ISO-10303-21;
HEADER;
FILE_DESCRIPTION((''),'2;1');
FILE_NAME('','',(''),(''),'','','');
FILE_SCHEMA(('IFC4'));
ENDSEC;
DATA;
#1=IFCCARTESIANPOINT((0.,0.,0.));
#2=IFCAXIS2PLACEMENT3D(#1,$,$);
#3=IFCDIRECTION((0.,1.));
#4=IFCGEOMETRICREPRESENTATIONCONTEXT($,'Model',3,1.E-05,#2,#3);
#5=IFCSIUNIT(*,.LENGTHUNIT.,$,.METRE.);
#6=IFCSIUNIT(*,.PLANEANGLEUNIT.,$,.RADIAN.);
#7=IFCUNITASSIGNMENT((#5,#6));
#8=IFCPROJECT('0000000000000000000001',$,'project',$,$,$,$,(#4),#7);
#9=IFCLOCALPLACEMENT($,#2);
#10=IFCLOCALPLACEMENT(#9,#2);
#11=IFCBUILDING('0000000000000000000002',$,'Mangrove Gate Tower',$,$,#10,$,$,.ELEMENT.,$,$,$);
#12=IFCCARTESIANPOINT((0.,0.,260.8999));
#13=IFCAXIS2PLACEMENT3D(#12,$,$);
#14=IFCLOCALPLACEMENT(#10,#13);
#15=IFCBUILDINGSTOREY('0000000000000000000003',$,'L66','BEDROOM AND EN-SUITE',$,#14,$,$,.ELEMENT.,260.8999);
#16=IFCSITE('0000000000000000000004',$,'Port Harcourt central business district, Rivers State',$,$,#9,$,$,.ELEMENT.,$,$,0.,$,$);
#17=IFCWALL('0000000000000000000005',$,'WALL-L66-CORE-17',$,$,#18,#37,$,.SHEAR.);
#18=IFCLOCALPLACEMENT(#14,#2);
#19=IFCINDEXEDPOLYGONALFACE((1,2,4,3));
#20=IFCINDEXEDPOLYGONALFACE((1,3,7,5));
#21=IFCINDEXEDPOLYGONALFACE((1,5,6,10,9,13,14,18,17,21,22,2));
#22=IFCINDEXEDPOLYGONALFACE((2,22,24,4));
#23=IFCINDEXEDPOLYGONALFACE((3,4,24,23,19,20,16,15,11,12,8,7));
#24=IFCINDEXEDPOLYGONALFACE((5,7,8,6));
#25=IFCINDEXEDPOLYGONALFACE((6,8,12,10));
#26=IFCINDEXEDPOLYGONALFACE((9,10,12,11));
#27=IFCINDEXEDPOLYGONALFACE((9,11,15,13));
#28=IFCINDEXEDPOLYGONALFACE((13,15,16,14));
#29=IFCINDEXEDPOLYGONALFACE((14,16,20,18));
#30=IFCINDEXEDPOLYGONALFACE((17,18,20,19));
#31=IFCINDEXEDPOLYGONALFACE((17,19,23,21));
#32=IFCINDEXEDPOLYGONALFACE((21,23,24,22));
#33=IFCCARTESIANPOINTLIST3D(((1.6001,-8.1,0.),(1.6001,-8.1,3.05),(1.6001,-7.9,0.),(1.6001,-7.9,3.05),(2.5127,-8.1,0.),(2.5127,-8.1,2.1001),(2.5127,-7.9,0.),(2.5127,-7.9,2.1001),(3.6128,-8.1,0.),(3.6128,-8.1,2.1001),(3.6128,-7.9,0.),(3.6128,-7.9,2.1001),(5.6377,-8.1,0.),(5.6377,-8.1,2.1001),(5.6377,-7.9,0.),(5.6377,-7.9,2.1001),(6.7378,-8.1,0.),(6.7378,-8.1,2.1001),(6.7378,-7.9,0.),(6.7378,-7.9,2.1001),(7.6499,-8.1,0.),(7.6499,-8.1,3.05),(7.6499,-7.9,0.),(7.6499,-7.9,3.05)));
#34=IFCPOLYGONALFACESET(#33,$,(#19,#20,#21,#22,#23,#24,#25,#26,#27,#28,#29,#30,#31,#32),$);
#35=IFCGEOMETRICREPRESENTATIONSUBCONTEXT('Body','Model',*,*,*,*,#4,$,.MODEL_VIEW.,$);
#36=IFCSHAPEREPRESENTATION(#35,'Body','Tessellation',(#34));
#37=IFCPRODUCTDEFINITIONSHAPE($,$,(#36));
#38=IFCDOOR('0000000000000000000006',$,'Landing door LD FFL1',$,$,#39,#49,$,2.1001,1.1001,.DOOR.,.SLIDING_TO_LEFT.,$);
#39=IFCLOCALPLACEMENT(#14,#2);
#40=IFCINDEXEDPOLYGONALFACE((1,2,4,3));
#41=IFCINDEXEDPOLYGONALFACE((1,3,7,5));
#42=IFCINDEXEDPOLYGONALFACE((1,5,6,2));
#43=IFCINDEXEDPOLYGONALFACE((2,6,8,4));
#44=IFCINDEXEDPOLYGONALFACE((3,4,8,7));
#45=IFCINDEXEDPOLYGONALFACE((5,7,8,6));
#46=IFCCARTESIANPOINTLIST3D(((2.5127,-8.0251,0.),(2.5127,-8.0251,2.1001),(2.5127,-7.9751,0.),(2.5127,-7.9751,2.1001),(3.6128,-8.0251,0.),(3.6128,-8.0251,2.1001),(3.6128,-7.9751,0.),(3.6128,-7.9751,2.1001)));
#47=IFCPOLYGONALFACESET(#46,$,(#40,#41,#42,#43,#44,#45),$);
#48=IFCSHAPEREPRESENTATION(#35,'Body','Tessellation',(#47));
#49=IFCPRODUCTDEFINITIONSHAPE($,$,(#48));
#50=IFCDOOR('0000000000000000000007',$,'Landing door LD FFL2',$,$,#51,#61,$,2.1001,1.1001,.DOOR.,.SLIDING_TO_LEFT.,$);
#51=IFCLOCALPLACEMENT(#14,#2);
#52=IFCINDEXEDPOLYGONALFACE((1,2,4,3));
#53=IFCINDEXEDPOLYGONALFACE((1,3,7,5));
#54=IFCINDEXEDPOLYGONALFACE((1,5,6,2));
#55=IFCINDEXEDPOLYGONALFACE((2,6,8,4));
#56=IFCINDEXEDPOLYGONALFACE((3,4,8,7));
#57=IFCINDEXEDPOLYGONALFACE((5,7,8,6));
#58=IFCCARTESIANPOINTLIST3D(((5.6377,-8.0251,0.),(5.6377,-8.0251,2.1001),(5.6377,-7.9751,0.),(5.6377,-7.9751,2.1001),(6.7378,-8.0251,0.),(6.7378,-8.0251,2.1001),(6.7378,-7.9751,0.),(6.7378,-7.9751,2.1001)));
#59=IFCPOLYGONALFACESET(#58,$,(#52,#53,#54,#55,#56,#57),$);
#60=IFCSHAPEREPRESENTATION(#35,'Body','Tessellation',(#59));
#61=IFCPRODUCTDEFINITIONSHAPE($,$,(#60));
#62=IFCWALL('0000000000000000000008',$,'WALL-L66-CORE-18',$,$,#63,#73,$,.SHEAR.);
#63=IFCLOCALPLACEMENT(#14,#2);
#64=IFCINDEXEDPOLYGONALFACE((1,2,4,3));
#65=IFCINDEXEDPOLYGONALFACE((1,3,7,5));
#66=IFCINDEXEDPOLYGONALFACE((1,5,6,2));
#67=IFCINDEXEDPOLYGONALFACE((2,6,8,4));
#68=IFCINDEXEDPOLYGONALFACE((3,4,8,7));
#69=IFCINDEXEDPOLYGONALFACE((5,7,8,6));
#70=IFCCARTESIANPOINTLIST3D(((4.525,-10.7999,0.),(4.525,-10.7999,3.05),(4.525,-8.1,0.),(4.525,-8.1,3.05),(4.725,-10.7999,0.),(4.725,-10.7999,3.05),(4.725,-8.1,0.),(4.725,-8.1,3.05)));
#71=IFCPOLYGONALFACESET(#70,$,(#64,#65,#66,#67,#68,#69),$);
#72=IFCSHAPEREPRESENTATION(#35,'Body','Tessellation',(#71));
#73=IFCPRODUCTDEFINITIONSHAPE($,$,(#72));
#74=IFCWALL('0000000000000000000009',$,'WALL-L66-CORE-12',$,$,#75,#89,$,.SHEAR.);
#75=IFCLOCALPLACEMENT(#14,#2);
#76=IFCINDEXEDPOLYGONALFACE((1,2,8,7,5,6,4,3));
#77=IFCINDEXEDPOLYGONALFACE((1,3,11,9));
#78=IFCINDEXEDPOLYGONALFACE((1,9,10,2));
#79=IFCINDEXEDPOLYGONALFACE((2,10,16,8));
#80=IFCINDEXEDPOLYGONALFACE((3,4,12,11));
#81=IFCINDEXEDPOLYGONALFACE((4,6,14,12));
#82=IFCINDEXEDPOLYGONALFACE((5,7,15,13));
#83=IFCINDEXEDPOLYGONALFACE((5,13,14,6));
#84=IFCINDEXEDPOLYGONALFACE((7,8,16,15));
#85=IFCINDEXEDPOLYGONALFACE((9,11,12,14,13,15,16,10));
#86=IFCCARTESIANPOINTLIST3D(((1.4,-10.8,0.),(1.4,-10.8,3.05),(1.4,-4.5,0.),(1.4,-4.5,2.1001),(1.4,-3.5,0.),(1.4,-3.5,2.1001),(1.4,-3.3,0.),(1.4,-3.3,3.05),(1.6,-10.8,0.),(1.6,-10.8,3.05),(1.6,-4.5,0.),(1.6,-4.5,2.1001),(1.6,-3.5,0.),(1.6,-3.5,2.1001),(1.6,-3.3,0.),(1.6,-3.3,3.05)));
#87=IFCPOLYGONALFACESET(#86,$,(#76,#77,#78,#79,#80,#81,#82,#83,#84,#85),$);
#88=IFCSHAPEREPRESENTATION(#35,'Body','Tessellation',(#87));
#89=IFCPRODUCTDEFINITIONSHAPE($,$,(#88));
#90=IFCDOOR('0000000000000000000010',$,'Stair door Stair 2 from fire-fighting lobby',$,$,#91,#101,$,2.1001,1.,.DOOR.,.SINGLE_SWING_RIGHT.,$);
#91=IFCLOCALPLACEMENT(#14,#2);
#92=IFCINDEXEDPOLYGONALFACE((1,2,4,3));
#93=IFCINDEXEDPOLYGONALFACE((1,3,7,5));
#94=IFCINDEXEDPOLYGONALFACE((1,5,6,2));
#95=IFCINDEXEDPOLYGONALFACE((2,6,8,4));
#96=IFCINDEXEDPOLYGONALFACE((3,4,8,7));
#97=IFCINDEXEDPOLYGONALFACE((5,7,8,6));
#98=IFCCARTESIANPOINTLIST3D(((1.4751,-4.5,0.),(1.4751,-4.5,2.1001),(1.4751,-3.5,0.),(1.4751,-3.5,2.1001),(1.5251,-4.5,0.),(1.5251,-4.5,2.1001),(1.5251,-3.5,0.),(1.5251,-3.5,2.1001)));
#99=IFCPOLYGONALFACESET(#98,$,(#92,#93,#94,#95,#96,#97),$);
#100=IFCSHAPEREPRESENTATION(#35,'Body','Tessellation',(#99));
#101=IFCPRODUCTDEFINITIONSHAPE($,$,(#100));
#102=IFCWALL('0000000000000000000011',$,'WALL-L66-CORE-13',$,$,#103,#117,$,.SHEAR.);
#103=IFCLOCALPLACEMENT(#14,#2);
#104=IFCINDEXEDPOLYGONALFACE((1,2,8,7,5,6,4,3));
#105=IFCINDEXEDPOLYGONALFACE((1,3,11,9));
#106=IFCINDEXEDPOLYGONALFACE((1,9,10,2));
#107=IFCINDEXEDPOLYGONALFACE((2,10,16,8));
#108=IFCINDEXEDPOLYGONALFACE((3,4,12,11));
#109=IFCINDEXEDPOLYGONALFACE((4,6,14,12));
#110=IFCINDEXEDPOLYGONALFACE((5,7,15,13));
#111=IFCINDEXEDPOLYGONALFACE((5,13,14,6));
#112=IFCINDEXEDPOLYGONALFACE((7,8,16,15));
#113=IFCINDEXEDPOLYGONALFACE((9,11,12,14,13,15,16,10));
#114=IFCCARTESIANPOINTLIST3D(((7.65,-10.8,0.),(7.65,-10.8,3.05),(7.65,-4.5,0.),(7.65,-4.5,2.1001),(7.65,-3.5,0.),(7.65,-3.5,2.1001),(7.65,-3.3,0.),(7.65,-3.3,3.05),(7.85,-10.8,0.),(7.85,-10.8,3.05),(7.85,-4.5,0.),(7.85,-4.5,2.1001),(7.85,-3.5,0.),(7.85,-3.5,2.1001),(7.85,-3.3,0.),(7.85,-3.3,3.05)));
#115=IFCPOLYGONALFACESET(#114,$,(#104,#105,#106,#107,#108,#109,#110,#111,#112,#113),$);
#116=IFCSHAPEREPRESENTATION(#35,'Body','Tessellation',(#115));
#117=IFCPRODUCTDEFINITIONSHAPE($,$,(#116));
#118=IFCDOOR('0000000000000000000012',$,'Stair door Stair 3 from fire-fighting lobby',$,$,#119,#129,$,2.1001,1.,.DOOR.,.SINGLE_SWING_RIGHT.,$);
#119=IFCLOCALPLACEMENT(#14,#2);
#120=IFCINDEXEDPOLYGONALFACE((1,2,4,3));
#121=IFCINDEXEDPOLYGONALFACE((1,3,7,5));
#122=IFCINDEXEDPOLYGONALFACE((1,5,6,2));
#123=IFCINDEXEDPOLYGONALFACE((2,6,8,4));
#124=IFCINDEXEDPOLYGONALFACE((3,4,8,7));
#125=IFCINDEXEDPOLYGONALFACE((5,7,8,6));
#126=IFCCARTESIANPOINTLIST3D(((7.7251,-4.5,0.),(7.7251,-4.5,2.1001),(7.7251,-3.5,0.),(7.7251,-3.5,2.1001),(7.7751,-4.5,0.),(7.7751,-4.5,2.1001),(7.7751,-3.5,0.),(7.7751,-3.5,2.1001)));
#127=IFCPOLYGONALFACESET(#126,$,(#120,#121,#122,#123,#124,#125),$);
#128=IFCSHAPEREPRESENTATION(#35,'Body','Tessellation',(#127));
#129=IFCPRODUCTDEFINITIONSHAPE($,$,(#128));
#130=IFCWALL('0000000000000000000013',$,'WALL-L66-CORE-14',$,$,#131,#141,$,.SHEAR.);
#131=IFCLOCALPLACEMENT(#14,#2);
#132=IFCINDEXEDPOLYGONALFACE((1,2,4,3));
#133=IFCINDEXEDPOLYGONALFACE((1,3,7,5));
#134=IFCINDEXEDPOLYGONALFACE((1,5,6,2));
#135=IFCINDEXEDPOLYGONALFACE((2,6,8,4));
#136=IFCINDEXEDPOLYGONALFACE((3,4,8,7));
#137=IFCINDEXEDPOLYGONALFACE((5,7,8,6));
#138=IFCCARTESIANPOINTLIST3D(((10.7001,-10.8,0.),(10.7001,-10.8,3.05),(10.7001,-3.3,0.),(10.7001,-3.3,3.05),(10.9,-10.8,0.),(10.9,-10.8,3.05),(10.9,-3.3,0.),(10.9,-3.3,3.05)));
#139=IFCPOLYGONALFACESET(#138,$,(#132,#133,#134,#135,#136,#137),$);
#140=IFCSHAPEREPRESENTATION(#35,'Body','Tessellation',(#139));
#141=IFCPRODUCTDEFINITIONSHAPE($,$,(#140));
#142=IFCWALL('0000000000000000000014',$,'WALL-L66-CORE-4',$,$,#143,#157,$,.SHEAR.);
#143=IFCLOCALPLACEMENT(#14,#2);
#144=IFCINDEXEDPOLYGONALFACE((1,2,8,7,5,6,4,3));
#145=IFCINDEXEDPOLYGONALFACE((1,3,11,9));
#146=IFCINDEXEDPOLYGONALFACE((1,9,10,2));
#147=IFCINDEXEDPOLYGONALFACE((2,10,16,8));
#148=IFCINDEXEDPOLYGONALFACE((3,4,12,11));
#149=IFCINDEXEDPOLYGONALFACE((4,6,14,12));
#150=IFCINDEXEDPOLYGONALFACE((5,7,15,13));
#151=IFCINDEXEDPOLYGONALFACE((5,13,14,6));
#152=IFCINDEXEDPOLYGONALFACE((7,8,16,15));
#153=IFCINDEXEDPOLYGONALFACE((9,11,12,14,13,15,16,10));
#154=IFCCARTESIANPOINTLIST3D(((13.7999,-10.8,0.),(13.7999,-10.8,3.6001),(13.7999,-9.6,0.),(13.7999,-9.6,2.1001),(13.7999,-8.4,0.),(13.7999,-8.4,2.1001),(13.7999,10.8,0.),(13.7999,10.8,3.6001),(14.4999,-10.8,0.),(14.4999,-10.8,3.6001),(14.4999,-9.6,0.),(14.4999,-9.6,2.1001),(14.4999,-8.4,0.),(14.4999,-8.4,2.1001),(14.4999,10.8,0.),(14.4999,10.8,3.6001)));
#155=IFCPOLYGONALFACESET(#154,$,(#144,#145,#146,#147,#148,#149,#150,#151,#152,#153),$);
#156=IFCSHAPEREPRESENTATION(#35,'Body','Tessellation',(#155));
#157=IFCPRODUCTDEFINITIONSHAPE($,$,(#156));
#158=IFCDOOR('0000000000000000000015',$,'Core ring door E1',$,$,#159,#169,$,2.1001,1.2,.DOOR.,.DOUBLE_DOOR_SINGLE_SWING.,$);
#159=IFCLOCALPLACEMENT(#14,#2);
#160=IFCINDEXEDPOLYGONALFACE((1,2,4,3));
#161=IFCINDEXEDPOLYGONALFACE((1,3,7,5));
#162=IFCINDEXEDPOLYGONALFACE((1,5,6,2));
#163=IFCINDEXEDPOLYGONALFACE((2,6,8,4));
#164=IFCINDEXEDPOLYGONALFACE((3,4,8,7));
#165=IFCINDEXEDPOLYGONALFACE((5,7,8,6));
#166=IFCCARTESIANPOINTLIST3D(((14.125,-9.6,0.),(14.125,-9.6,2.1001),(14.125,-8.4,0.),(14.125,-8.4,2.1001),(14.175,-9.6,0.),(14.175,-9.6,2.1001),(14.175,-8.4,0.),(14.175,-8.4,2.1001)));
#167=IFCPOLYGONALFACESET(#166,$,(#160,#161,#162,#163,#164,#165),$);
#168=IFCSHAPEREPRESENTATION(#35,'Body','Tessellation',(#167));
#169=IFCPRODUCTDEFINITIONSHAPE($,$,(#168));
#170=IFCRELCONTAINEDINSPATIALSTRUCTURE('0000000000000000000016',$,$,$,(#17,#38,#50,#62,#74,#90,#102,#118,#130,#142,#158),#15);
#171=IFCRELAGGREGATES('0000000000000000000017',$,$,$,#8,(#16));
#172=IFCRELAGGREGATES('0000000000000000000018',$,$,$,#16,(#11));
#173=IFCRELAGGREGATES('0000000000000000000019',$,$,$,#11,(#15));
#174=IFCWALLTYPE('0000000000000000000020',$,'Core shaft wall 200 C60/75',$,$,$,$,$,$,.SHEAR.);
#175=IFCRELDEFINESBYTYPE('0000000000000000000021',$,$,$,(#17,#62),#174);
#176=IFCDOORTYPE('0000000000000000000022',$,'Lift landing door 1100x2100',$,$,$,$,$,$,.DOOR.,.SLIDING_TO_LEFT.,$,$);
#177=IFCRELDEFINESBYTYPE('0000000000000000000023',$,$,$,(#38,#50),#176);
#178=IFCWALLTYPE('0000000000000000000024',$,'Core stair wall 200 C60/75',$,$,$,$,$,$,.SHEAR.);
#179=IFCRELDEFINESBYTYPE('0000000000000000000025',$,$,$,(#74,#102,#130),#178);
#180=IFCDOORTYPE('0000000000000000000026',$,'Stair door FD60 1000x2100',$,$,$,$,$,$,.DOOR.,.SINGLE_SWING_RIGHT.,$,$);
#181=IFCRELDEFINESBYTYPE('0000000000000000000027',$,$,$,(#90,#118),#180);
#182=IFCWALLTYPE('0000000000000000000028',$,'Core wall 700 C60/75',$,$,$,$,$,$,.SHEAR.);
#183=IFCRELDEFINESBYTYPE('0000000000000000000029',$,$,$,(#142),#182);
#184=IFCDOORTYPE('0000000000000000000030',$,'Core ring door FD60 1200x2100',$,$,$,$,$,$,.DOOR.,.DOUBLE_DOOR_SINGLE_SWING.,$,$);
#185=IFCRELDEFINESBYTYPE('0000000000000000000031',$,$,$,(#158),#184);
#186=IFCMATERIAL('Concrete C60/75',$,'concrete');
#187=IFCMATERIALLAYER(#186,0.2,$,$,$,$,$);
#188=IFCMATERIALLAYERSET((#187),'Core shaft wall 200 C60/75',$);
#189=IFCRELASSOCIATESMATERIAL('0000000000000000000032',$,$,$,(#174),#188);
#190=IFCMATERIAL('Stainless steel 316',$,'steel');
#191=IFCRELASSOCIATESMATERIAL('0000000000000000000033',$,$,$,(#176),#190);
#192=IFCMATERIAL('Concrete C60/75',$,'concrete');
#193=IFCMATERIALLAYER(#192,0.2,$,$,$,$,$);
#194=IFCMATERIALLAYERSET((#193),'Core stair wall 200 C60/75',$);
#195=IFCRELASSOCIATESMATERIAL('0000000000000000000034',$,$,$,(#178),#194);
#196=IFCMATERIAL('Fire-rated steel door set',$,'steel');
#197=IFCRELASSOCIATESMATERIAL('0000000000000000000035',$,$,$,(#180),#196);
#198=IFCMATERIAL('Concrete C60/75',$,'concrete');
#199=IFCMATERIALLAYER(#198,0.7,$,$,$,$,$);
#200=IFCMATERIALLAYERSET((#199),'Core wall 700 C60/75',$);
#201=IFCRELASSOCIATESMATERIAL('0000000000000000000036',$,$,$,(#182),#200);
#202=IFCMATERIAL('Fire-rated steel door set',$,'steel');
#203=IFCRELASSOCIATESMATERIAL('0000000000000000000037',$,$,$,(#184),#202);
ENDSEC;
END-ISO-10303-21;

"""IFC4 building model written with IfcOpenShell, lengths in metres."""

from ifc_helpers import new_model, si_unit, direction, frame, frame_2d, origin, place, context, subcontext, project, spatial, rectangle, extrude, material, layer, layer_set, type_object, element, fill, save


model = new_model("IFC4")

# Units and contexts
model_context = context("Model", 3, precision=1e-05, world=origin(), true_north=direction((0.0, 1.0)))
body_context = subcontext(model_context, "Body", "Model", "MODEL_VIEW")
ifc_project = project(units=[si_unit("LENGTHUNIT", "METRE"), si_unit("PLANEANGLEUNIT", "RADIAN")], contexts=[model_context])

# Site, building, storey
site_placement = place(None, origin())
site = spatial("IfcSite", under=ifc_project, at=site_placement, Name="Port Harcourt central business district, Rivers State", CompositionType="ELEMENT", RefElevation=0.0)
building_placement = place(site_placement, origin())
building = spatial("IfcBuilding", under=site, at=building_placement, Name="Mangrove Gate Tower", CompositionType="ELEMENT")
storey_placement = place(building_placement, frame((0.0, 0.0, 260.8999)))
storey = spatial("IfcBuildingStorey", under=building, at=storey_placement, Name="L66", Description="BEDROOM AND EN-SUITE", CompositionType="ELEMENT", Elevation=260.8999)

# Wall, openings, doors
ifc_material_1 = material(Name="Concrete C60/75", Category="concrete")
ifc_layer_1 = layer(ifc_material_1, 0.2)
ifc_layer_set_1 = layer_set([ifc_layer_1], Name="Core shaft wall 200 C60/75")
wall_type_1 = type_object("IfcWallType", Name="Core shaft wall 200 C60/75", PredefinedType="SHEAR", material=ifc_layer_set_1)
wall_1_placement = place(storey_placement, frame((1.6001, -8.0, 0.0), z_axis=(0.0, 0.0, 1.0), x_axis=(1.0, 0.0, 0.0)))
wall_1 = element("IfcWall", 1, at=wall_1_placement, inside=storey, type_object=wall_type_1, Name="WALL-L66-CORE-17", PredefinedType="SHEAR", context=body_context, shape_type="SweptSolid", body=[
    extrude(rectangle(XDim=6.0498, YDim=0.2, at=frame_2d((3.0249, 0.0))), origin(), (0.0, 0.0, 1.0), 3.05),
])
opening_1_placement = place(wall_1_placement, frame((0.9126, 0.0, 0.0)))
opening_1 = element("IfcOpeningElement", 2, at=opening_1_placement, cuts=wall_1, PredefinedType="OPENING", context=body_context, shape_type="SweptSolid", body=[
    extrude(rectangle(XDim=1.1001, YDim=2.1001, at=frame_2d((0.55, 1.05))), frame((0.0, 0.1099, 0.0), z_axis=(0.0, -1.0, 0.0), x_axis=(1.0, 0.0, 0.0)), (0.0, 0.0, 1.0), 0.22),
])
opening_2_placement = place(wall_1_placement, frame((4.0376, 0.0, 0.0)))
opening_2 = element("IfcOpeningElement", 3, at=opening_2_placement, cuts=wall_1, PredefinedType="OPENING", context=body_context, shape_type="SweptSolid", body=[
    extrude(rectangle(XDim=1.1001, YDim=2.1001, at=frame_2d((0.55, 1.05))), frame((0.0, 0.1099, 0.0), z_axis=(0.0, -1.0, 0.0), x_axis=(1.0, 0.0, 0.0)), (0.0, 0.0, 1.0), 0.22),
])
ifc_material_2 = material(Name="Stainless steel 316", Category="steel")
door_type_1 = type_object("IfcDoorType", Name="Lift landing door 1100x2100", OperationType="SLIDING_TO_LEFT", PredefinedType="DOOR", material=ifc_material_2)
door_1_placement = place(opening_1_placement, origin())
door_1 = element("IfcDoor", 4, at=door_1_placement, inside=storey, type_object=door_type_1, Name="Landing door LD FFL1", OperationType="SLIDING_TO_LEFT", OverallHeight=2.1001, OverallWidth=1.1001, PredefinedType="DOOR", context=body_context, shape_type="SweptSolid", body=[
    extrude(rectangle(XDim=1.1001, YDim=2.1001, at=frame_2d((0.55, 1.05))), frame((0.0, 0.0249, 0.0), z_axis=(0.0, -1.0, 0.0), x_axis=(1.0, 0.0, 0.0)), (0.0, 0.0, 1.0), 0.05),
])
fill(opening_1, door_1)
door_2_placement = place(opening_2_placement, origin())
door_2 = element("IfcDoor", 5, at=door_2_placement, inside=storey, type_object=door_type_1, Name="Landing door LD FFL2", OperationType="SLIDING_TO_LEFT", OverallHeight=2.1001, OverallWidth=1.1001, PredefinedType="DOOR", context=body_context, shape_type="SweptSolid", body=[
    extrude(rectangle(XDim=1.1001, YDim=2.1001, at=frame_2d((0.55, 1.05))), frame((0.0, 0.0249, 0.0), z_axis=(0.0, -1.0, 0.0), x_axis=(1.0, 0.0, 0.0)), (0.0, 0.0, 1.0), 0.05),
])
fill(opening_2, door_2)

# Wall
wall_2_placement = place(storey_placement, frame((4.625, -10.8, 0.0), z_axis=(0.0, 0.0, 1.0), x_axis=(0.0, 1.0, 0.0)))
element("IfcWall", 6, at=wall_2_placement, inside=storey, type_object=wall_type_1, Name="WALL-L66-CORE-18", PredefinedType="SHEAR", context=body_context, shape_type="SweptSolid", body=[
    extrude(rectangle(XDim=2.7, YDim=0.2, at=frame_2d((1.3501, 0.0))), origin(), (0.0, 0.0, 1.0), 3.05),
])

# Walls, openings, doors
ifc_material_3 = material(Name="Concrete C60/75", Category="concrete")
ifc_layer_2 = layer(ifc_material_3, 0.2)
ifc_layer_set_2 = layer_set([ifc_layer_2], Name="Core stair wall 200 C60/75")
wall_type_2 = type_object("IfcWallType", Name="Core stair wall 200 C60/75", PredefinedType="SHEAR", material=ifc_layer_set_2)
wall_3_placement = place(storey_placement, frame((1.5, -10.8, 0.0), z_axis=(0.0, 0.0, 1.0), x_axis=(0.0, 1.0, 0.0)))
wall_3 = element("IfcWall", 7, at=wall_3_placement, inside=storey, type_object=wall_type_2, Name="WALL-L66-CORE-12", PredefinedType="SHEAR", context=body_context, shape_type="SweptSolid", body=[
    extrude(rectangle(XDim=7.5, YDim=0.2, at=frame_2d((3.75, 0.0))), origin(), (0.0, 0.0, 1.0), 3.05),
])
opening_3_placement = place(wall_3_placement, frame((6.3, 0.0, 0.0)))
opening_3 = element("IfcOpeningElement", 8, at=opening_3_placement, cuts=wall_3, PredefinedType="OPENING", context=body_context, shape_type="SweptSolid", body=[
    extrude(rectangle(XDim=1.0, YDim=2.1001, at=frame_2d((0.5, 1.05))), frame((0.0, 0.1099, 0.0), z_axis=(0.0, -1.0, 0.0), x_axis=(1.0, 0.0, 0.0)), (0.0, 0.0, 1.0), 0.22),
])
ifc_material_4 = material(Name="Fire-rated steel door set", Category="steel")
door_type_2 = type_object("IfcDoorType", Name="Stair door FD60 1000x2100", OperationType="SINGLE_SWING_RIGHT", PredefinedType="DOOR", material=ifc_material_4)
door_3_placement = place(opening_3_placement, origin())
door_3 = element("IfcDoor", 9, at=door_3_placement, inside=storey, type_object=door_type_2, Name="Stair door Stair 2 from fire-fighting lobby", OperationType="SINGLE_SWING_RIGHT", OverallHeight=2.1001, OverallWidth=1.0, PredefinedType="DOOR", context=body_context, shape_type="SweptSolid", body=[
    extrude(rectangle(XDim=1.0, YDim=2.1001, at=frame_2d((0.5, 1.05))), frame((0.0, 0.0249, 0.0), z_axis=(0.0, -1.0, 0.0), x_axis=(1.0, 0.0, 0.0)), (0.0, 0.0, 1.0), 0.05),
])
fill(opening_3, door_3)
wall_4_placement = place(storey_placement, frame((7.75, -10.8, 0.0), z_axis=(0.0, 0.0, 1.0), x_axis=(0.0, 1.0, 0.0)))
wall_4 = element("IfcWall", 10, at=wall_4_placement, inside=storey, type_object=wall_type_2, Name="WALL-L66-CORE-13", PredefinedType="SHEAR", context=body_context, shape_type="SweptSolid", body=[
    extrude(rectangle(XDim=7.5, YDim=0.2, at=frame_2d((3.75, 0.0))), origin(), (0.0, 0.0, 1.0), 3.05),
])
opening_4_placement = place(wall_4_placement, frame((6.3, 0.0, 0.0)))
opening_4 = element("IfcOpeningElement", 11, at=opening_4_placement, cuts=wall_4, PredefinedType="OPENING", context=body_context, shape_type="SweptSolid", body=[
    extrude(rectangle(XDim=1.0, YDim=2.1001, at=frame_2d((0.5, 1.05))), frame((0.0, 0.1099, 0.0), z_axis=(0.0, -1.0, 0.0), x_axis=(1.0, 0.0, 0.0)), (0.0, 0.0, 1.0), 0.22),
])
door_4_placement = place(opening_4_placement, origin())
door_4 = element("IfcDoor", 12, at=door_4_placement, inside=storey, type_object=door_type_2, Name="Stair door Stair 3 from fire-fighting lobby", OperationType="SINGLE_SWING_RIGHT", OverallHeight=2.1001, OverallWidth=1.0, PredefinedType="DOOR", context=body_context, shape_type="SweptSolid", body=[
    extrude(rectangle(XDim=1.0, YDim=2.1001, at=frame_2d((0.5, 1.05))), frame((0.0, 0.0249, 0.0), z_axis=(0.0, -1.0, 0.0), x_axis=(1.0, 0.0, 0.0)), (0.0, 0.0, 1.0), 0.05),
])
fill(opening_4, door_4)

# Wall
wall_5_placement = place(storey_placement, frame((10.8, -10.8, 0.0), z_axis=(0.0, 0.0, 1.0), x_axis=(0.0, 1.0, 0.0)))
element("IfcWall", 13, at=wall_5_placement, inside=storey, type_object=wall_type_2, Name="WALL-L66-CORE-14", PredefinedType="SHEAR", context=body_context, shape_type="SweptSolid", body=[
    extrude(rectangle(XDim=7.5, YDim=0.2, at=frame_2d((3.75, 0.0))), origin(), (0.0, 0.0, 1.0), 3.05),
])

# Wall, opening, door
ifc_material_5 = material(Name="Concrete C60/75", Category="concrete")
ifc_layer_3 = layer(ifc_material_5, 0.7)
ifc_layer_set_3 = layer_set([ifc_layer_3], Name="Core wall 700 C60/75")
wall_type_3 = type_object("IfcWallType", Name="Core wall 700 C60/75", PredefinedType="SHEAR", material=ifc_layer_set_3)
wall_6_placement = place(storey_placement, frame((14.1499, -10.8, 0.0), z_axis=(0.0, 0.0, 1.0), x_axis=(0.0, 1.0, 0.0)))
wall_6 = element("IfcWall", 14, at=wall_6_placement, inside=storey, type_object=wall_type_3, Name="WALL-L66-CORE-4", PredefinedType="SHEAR", context=body_context, shape_type="SweptSolid", body=[
    extrude(rectangle(XDim=21.6001, YDim=0.7, at=frame_2d((10.8, 0.0))), origin(), (0.0, 0.0, 1.0), 3.6001),
])
opening_5_placement = place(wall_6_placement, frame((1.2, 0.0, 0.0)))
opening_5 = element("IfcOpeningElement", 15, at=opening_5_placement, cuts=wall_6, PredefinedType="OPENING", context=body_context, shape_type="SweptSolid", body=[
    extrude(rectangle(XDim=1.2, YDim=2.1001, at=frame_2d((0.6001, 1.05))), frame((0.0, 0.3599, 0.0), z_axis=(0.0, -1.0, 0.0), x_axis=(1.0, 0.0, 0.0)), (0.0, 0.0, 1.0), 0.72),
])
ifc_material_6 = material(Name="Fire-rated steel door set", Category="steel")
door_type_3 = type_object("IfcDoorType", Name="Core ring door FD60 1200x2100", OperationType="DOUBLE_DOOR_SINGLE_SWING", PredefinedType="DOOR", material=ifc_material_6)
door_5_placement = place(opening_5_placement, origin())
door_5 = element("IfcDoor", 16, at=door_5_placement, inside=storey, type_object=door_type_3, Name="Core ring door E1", OperationType="DOUBLE_DOOR_SINGLE_SWING", OverallHeight=2.1001, OverallWidth=1.2, PredefinedType="DOOR", context=body_context, shape_type="SweptSolid", body=[
    extrude(rectangle(XDim=1.2, YDim=2.1001, at=frame_2d((0.6001, 1.05))), frame((0.0, 0.0249, 0.0), z_axis=(0.0, -1.0, 0.0), x_axis=(1.0, 0.0, 0.0)), (0.0, 0.0, 1.0), 0.05),
])
fill(opening_5, door_5)

save(model, "model.ifc")
